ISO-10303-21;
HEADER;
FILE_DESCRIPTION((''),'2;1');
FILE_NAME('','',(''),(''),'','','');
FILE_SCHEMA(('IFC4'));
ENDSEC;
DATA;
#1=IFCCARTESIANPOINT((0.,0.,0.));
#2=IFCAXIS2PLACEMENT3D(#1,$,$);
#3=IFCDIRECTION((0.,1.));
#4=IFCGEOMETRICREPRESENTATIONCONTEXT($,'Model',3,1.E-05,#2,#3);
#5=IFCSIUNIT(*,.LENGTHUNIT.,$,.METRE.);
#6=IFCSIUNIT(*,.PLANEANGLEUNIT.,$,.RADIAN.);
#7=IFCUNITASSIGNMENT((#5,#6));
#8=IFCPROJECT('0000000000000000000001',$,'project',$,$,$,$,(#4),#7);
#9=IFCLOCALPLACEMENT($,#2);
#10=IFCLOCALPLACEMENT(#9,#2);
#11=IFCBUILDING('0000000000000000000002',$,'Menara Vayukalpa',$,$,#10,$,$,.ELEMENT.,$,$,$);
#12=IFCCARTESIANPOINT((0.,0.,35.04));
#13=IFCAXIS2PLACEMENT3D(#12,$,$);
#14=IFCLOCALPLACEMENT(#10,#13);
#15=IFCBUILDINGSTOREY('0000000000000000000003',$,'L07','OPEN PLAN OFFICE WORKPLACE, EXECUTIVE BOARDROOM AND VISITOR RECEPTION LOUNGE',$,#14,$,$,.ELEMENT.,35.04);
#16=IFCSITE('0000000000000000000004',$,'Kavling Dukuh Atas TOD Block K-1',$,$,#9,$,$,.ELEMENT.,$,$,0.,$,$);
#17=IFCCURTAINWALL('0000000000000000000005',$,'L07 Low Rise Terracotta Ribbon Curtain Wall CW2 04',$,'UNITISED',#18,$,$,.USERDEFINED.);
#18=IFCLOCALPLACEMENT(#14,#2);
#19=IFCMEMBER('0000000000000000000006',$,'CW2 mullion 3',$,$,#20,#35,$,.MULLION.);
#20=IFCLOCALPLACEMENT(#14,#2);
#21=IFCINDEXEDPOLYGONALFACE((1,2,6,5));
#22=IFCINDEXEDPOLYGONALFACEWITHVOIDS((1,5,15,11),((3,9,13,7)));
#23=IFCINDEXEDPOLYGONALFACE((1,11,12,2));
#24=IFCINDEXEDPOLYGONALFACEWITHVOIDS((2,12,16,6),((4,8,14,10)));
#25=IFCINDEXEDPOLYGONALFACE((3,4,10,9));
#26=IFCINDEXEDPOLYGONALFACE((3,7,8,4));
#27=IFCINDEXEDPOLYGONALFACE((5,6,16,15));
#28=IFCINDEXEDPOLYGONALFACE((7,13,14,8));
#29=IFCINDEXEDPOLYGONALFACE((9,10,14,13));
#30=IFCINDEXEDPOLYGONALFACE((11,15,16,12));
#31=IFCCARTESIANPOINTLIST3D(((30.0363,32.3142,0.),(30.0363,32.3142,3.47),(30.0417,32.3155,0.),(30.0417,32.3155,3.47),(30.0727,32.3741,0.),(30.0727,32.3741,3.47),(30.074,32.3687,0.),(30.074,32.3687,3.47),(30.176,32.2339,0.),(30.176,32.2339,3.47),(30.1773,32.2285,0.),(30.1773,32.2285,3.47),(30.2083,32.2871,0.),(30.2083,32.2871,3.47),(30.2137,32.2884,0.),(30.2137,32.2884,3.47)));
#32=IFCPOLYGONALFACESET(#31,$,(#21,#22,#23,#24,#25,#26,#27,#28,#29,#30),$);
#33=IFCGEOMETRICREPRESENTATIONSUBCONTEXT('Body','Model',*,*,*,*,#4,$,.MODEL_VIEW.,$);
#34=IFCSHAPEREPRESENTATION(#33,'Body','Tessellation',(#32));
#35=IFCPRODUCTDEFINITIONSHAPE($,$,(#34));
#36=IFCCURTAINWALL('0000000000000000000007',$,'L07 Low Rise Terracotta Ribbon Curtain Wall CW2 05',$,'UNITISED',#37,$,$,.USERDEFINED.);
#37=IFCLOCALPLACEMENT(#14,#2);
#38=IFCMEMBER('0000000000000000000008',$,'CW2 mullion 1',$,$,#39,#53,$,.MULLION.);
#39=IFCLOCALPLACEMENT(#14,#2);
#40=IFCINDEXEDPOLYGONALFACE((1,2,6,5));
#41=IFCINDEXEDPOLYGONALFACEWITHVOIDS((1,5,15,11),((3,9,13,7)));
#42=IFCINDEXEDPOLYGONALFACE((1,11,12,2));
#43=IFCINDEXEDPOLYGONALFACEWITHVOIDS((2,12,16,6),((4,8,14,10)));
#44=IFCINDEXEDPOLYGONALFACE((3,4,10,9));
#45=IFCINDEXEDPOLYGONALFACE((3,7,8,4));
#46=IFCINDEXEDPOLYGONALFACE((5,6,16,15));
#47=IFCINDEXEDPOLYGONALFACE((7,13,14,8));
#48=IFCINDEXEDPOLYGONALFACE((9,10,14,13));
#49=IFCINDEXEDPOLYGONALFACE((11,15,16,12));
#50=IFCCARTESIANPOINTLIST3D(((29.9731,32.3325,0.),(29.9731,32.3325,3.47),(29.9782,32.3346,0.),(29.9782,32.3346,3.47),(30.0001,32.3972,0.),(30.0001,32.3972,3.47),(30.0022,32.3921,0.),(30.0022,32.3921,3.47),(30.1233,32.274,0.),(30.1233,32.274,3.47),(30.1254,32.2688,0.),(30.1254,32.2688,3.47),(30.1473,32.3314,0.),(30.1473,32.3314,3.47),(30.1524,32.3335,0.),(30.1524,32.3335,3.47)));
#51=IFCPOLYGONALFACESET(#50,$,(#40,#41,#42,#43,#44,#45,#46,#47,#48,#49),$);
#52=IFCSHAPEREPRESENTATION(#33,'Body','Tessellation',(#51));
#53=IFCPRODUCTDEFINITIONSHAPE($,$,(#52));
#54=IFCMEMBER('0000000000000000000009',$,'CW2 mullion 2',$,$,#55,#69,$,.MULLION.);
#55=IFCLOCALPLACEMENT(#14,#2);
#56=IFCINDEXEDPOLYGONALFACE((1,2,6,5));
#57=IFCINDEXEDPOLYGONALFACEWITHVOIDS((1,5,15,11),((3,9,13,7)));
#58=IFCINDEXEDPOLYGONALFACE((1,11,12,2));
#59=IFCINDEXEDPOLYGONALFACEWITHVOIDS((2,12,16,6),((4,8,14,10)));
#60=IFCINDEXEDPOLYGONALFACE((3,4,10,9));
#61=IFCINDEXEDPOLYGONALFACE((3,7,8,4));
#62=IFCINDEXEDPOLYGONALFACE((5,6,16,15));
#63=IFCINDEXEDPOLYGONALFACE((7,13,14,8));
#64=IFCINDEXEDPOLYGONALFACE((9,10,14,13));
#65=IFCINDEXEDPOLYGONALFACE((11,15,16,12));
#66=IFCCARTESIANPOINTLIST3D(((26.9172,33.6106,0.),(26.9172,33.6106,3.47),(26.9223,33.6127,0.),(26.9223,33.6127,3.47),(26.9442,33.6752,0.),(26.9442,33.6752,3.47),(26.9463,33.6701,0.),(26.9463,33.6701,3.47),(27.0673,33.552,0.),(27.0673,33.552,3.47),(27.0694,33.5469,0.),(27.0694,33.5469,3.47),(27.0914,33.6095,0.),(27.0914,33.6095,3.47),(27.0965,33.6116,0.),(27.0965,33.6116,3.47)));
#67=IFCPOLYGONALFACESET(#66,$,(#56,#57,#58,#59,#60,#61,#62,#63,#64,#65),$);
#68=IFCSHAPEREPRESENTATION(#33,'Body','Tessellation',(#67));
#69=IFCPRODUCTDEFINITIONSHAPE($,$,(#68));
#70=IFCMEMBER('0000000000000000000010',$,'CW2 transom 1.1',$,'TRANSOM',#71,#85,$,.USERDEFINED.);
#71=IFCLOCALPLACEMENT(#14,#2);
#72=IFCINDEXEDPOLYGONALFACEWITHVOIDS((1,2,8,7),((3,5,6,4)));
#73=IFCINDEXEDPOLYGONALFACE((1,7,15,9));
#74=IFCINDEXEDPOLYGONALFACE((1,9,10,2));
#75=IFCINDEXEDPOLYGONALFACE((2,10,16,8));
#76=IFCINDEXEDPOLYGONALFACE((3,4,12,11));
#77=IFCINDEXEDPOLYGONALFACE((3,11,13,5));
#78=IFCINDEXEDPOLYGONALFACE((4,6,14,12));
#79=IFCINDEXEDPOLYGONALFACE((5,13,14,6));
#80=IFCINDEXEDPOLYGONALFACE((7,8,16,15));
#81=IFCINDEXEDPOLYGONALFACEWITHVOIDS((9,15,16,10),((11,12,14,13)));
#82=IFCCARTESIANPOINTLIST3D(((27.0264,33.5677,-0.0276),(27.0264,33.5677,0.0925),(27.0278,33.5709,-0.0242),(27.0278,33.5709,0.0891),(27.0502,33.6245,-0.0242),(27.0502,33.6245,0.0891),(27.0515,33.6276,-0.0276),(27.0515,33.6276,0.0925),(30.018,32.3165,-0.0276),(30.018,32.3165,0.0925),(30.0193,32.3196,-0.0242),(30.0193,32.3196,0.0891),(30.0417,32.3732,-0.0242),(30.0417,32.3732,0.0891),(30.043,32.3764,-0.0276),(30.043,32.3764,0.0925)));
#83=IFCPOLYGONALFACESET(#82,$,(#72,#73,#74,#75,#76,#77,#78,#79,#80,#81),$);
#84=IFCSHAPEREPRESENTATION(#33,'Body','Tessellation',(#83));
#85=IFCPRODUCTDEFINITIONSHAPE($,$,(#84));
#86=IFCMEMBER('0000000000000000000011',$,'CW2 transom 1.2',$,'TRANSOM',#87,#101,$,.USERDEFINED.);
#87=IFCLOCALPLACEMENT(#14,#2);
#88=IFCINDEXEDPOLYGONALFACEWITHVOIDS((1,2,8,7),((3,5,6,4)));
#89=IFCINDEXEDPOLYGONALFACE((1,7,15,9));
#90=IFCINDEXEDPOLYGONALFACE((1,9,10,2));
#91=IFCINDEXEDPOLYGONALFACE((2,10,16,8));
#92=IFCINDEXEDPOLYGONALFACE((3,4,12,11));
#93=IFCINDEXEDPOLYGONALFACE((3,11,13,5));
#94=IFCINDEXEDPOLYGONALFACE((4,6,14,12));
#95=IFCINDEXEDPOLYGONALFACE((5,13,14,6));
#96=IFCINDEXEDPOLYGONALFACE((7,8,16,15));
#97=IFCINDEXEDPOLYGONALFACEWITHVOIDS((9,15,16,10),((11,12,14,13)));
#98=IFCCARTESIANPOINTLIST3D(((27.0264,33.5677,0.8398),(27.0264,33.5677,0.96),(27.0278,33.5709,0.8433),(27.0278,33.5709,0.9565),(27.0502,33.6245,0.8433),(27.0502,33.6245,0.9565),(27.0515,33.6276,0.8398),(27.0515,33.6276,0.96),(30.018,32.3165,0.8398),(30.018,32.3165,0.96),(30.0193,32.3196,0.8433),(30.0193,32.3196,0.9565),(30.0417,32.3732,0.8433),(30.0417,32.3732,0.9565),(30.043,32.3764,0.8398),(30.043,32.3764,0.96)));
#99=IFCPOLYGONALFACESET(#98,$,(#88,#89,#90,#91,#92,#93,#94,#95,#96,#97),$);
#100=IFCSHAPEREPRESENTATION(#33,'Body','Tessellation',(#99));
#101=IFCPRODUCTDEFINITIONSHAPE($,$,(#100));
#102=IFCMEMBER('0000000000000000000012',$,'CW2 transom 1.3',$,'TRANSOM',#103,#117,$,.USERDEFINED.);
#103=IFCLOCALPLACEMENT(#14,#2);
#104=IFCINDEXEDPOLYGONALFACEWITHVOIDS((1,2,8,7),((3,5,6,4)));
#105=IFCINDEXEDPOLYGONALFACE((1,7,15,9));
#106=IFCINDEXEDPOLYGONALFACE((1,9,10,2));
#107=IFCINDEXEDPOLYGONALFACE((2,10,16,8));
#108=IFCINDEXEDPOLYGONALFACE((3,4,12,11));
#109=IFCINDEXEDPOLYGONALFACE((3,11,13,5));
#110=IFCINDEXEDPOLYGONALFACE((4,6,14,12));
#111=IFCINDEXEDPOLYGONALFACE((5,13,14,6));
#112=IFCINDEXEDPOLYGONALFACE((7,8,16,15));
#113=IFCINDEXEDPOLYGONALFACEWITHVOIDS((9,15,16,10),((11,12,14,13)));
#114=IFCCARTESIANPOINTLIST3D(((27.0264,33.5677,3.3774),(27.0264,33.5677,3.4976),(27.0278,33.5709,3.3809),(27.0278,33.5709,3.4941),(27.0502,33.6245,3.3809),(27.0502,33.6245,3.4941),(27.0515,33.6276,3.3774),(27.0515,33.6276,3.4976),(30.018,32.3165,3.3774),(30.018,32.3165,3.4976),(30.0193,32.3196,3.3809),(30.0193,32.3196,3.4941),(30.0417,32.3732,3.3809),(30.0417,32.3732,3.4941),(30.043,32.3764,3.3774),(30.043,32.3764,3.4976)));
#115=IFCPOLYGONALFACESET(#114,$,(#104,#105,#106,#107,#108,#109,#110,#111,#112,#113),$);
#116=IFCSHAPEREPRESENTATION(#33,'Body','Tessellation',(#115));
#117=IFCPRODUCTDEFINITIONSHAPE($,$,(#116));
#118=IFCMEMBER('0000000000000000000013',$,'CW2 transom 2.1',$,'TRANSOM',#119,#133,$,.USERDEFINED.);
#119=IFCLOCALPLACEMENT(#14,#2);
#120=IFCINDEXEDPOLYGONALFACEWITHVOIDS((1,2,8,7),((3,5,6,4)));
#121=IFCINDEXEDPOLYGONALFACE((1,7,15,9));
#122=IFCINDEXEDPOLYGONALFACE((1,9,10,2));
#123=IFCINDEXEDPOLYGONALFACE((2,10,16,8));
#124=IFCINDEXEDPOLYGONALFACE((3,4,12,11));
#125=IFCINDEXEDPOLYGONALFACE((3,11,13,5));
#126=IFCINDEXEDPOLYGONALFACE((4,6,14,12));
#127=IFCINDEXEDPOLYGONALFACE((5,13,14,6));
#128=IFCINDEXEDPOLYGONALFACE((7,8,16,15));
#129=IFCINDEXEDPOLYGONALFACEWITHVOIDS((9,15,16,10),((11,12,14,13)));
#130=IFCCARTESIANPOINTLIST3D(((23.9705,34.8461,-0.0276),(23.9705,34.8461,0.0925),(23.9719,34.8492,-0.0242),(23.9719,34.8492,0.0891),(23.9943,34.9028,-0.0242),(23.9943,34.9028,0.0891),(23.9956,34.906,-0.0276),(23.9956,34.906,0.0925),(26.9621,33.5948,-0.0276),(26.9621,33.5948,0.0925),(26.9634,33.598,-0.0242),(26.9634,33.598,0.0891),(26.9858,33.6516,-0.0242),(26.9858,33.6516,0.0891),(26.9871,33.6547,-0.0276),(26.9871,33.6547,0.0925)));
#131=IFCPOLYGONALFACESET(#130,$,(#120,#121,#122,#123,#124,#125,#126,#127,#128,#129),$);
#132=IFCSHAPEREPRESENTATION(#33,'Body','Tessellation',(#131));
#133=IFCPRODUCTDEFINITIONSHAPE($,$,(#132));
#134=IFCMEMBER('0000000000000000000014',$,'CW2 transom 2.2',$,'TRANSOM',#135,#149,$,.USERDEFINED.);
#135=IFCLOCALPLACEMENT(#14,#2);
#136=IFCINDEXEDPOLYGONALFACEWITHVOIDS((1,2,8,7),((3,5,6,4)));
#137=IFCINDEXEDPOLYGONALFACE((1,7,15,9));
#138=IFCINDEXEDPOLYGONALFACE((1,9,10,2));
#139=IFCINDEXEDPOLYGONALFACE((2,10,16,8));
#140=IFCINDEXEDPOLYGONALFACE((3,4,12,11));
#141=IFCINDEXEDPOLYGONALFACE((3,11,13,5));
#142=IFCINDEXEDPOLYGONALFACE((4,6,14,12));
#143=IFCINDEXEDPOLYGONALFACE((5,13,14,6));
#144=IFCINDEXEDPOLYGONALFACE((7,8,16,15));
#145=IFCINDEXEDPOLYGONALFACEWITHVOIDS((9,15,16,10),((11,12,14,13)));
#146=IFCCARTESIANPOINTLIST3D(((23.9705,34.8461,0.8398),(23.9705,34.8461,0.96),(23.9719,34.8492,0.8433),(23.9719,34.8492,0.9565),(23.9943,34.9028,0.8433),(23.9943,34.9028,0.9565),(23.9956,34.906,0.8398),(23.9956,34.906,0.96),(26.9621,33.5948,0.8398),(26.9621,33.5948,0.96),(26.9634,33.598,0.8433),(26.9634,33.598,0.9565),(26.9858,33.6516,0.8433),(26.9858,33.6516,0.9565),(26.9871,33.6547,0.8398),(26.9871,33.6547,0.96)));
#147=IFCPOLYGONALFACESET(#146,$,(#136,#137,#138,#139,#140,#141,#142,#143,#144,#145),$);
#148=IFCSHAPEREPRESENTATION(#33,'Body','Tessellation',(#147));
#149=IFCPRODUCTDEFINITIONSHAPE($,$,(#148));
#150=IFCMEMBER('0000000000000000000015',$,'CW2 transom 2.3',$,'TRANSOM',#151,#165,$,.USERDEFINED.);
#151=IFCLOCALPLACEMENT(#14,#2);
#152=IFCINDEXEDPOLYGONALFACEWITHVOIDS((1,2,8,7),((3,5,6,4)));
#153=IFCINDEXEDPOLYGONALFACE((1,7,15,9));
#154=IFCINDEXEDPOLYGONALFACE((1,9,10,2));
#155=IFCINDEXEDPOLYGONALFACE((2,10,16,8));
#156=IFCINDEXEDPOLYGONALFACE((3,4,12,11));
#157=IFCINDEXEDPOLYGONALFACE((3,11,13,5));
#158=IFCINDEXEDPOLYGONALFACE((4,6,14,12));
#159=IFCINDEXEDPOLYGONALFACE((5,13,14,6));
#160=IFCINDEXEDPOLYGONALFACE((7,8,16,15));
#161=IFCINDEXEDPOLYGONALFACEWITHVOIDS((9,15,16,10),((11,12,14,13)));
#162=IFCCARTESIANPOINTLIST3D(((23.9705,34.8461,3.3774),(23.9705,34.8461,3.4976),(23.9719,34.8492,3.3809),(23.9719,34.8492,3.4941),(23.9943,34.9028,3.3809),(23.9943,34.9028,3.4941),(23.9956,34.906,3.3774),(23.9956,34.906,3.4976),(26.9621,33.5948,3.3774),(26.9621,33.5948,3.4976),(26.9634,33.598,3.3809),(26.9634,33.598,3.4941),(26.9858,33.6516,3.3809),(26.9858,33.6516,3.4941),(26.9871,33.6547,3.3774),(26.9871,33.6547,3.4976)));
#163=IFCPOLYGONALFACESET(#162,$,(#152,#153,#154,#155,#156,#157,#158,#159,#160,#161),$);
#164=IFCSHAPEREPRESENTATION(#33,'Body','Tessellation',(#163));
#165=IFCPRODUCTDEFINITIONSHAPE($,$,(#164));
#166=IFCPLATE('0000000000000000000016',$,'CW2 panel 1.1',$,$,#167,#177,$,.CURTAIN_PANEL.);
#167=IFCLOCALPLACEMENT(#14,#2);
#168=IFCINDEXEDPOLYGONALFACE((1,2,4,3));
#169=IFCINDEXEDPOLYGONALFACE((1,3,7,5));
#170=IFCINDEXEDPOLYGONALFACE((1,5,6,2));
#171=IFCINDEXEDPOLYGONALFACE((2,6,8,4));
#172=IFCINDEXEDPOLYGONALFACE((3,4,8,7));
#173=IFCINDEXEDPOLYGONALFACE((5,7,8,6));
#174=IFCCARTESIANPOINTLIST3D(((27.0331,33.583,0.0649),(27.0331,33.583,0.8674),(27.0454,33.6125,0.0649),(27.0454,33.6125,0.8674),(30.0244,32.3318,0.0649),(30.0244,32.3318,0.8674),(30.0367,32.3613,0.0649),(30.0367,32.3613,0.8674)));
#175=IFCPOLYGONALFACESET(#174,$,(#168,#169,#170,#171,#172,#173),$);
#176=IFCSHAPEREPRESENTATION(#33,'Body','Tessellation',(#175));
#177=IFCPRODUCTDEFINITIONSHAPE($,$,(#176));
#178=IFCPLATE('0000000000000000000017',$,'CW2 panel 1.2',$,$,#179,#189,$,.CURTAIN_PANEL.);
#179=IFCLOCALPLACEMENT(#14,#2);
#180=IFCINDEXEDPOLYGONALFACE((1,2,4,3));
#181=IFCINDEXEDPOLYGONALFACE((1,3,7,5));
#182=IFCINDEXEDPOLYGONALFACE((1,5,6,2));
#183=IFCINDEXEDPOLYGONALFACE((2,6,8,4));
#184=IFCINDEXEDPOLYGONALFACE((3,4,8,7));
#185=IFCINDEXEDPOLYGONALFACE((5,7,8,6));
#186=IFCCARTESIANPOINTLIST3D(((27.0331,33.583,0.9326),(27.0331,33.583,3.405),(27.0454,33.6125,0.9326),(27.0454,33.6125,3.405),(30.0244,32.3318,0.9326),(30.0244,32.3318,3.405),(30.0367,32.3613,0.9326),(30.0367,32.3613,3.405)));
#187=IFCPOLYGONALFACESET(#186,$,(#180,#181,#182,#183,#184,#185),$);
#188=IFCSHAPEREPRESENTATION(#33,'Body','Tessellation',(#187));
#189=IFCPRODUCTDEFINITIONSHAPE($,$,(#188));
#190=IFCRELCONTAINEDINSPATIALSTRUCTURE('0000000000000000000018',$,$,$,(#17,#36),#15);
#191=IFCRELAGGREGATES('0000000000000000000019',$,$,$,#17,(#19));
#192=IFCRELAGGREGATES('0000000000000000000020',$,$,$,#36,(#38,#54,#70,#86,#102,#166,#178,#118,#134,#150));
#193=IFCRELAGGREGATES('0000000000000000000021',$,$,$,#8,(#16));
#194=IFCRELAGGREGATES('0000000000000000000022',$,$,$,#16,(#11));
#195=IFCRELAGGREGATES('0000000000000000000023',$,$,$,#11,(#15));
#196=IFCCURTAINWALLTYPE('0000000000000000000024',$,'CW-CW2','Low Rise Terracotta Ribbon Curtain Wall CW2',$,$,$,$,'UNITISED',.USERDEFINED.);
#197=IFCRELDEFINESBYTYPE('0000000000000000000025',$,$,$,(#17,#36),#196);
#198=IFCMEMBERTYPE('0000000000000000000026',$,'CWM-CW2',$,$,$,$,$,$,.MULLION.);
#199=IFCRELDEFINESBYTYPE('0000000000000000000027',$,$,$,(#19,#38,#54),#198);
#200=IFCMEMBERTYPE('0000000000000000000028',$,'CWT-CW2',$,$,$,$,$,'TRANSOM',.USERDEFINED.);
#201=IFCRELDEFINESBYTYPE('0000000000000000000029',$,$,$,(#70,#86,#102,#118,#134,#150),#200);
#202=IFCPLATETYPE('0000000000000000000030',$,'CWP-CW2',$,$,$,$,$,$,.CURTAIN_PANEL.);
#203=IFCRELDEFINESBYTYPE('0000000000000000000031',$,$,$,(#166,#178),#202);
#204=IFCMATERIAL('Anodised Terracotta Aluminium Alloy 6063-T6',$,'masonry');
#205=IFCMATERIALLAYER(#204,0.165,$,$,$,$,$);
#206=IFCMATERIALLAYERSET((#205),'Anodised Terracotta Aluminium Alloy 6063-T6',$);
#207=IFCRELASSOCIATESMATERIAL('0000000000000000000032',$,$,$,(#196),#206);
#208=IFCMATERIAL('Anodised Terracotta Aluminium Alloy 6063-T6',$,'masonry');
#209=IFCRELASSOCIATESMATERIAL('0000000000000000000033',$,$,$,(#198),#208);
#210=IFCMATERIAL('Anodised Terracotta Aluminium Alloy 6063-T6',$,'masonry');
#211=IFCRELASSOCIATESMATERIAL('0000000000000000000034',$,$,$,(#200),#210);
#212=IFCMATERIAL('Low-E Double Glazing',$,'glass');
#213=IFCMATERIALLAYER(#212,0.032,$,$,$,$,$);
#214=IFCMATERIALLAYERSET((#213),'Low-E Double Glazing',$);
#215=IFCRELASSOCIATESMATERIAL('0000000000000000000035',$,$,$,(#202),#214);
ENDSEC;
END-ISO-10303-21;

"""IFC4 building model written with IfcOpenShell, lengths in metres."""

from ifc_helpers import new_model, si_unit, direction, frame, origin, origin_2d, place, context, subcontext, project, spatial, rectangle, hollow_rectangle, extrude, material, layer, layer_set, material_profile, profile_set, type_object, element, aggregate, save


model = new_model("IFC4")

# Units and contexts
model_context = context("Model", 3, precision=1e-05, world=origin(), true_north=direction((0.0, 1.0)))
body_context = subcontext(model_context, "Body", "Model", "MODEL_VIEW")
ifc_project = project(units=[si_unit("LENGTHUNIT", "METRE"), si_unit("PLANEANGLEUNIT", "RADIAN")], contexts=[model_context])

# Site, building, storey
site_placement = place(None, origin())
site = spatial("IfcSite", under=ifc_project, at=site_placement, Name="Kavling Dukuh Atas TOD Block K-1", CompositionType="ELEMENT", RefElevation=0.0)
building_placement = place(site_placement, origin())
building = spatial("IfcBuilding", under=site, at=building_placement, Name="Menara Vayukalpa", CompositionType="ELEMENT")
storey_placement = place(building_placement, frame((0.0, 0.0, 35.04)))
storey = spatial("IfcBuildingStorey", under=building, at=storey_placement, Name="L07", Description="OPEN PLAN OFFICE WORKPLACE, EXECUTIVE BOARDROOM AND VISITOR RECEPTION LOUNGE", CompositionType="ELEMENT", Elevation=35.04)

# Curtain wall, member
ifc_material_1 = material(Name="Anodised Terracotta Aluminium Alloy 6063-T6", Category="masonry")
ifc_layer_1 = layer(ifc_material_1, 0.165)
ifc_layer_set_1 = layer_set([ifc_layer_1], Name="Anodised Terracotta Aluminium Alloy 6063-T6")
curtain_wall_type = type_object("IfcCurtainWallType", Name="CW-CW2", Description="Low Rise Terracotta Ribbon Curtain Wall CW2", ElementType="UNITISED", PredefinedType="USERDEFINED", material=ifc_layer_set_1)
curtain_wall_1_placement = place(storey_placement, origin())
curtain_wall_1 = element("IfcCurtainWall", 1, at=curtain_wall_1_placement, inside=storey, type_object=curtain_wall_type, Name="L07 Low Rise Terracotta Ribbon Curtain Wall CW2 04", ObjectType="UNITISED", PredefinedType="USERDEFINED")
ifc_material_2 = material(Name="Anodised Terracotta Aluminium Alloy 6063-T6", Category="masonry")
ifc_material_profile_1 = material_profile(ifc_material_2, hollow_rectangle(XDim=0.0701, YDim=0.165, WallThickness=0.0039, at=origin_2d()), Name="ALU 70x165x4")
ifc_profile_set_1 = profile_set([ifc_material_profile_1], Name="Anodised Terracotta Aluminium Alloy 6063-T6")
member_type_1 = type_object("IfcMemberType", Name="CWM-CW2", PredefinedType="MULLION", material=ifc_profile_set_1)
member_1_placement = place(storey_placement, frame((30.125, 32.3013, 0.0), z_axis=(0.0, 0.0, 1.0), x_axis=(-0.519182, -0.854664, 0.0)))
member_1 = element("IfcMember", 2, at=member_1_placement, type_object=member_type_1, Name="CW2 mullion 3", PredefinedType="MULLION", context=body_context, shape_type="SweptSolid", body=[
    extrude(hollow_rectangle(XDim=0.0701, YDim=0.165, WallThickness=0.0039, at=origin_2d()), origin(), (0.0, 0.0, 1.0), 3.47),
])
aggregate(curtain_wall_1, [member_1])

# Curtain wall, members, plates
curtain_wall_2_placement = place(storey_placement, origin())
curtain_wall_2 = element("IfcCurtainWall", 3, at=curtain_wall_2_placement, inside=storey, type_object=curtain_wall_type, Name="L07 Low Rise Terracotta Ribbon Curtain Wall CW2 05", ObjectType="UNITISED", PredefinedType="USERDEFINED")
member_2_placement = place(storey_placement, frame((30.0627, 32.333, 0.0), z_axis=(0.0, 0.0, 1.0), x_axis=(-0.385895, -0.922543, 0.0)))
member_2 = element("IfcMember", 4, at=member_2_placement, type_object=member_type_1, Name="CW2 mullion 1", PredefinedType="MULLION", context=body_context, shape_type="SweptSolid", body=[
    extrude(hollow_rectangle(XDim=0.0701, YDim=0.165, WallThickness=0.0039, at=origin_2d()), origin(), (0.0, 0.0, 1.0), 3.47),
])
member_3_placement = place(storey_placement, frame((27.0068, 33.6111, 0.0), z_axis=(0.0, 0.0, 1.0), x_axis=(-0.385895, -0.922543, 0.0)))
member_3 = element("IfcMember", 5, at=member_3_placement, type_object=member_type_1, Name="CW2 mullion 2", PredefinedType="MULLION", context=body_context, shape_type="SweptSolid", body=[
    extrude(hollow_rectangle(XDim=0.0701, YDim=0.165, WallThickness=0.0039, at=origin_2d()), origin(), (0.0, 0.0, 1.0), 3.47),
])
ifc_material_3 = material(Name="Anodised Terracotta Aluminium Alloy 6063-T6", Category="masonry")
ifc_material_profile_2 = material_profile(ifc_material_3, hollow_rectangle(XDim=0.0649, YDim=0.1201, WallThickness=0.0034, at=origin_2d()), Name="ALU 65x120x3.5")
ifc_profile_set_2 = profile_set([ifc_material_profile_2], Name="Anodised Terracotta Aluminium Alloy 6063-T6")
member_type_2 = type_object("IfcMemberType", Name="CWT-CW2", ElementType="TRANSOM", PredefinedType="USERDEFINED", material=ifc_profile_set_2)
member_4_placement = place(storey_placement, frame((30.0305, 32.3464, 0.0325), z_axis=(-0.922553, 0.385871, 0.0), x_axis=(-0.385871, -0.922553, 0.0)))
member_4 = element("IfcMember", 6, at=member_4_placement, type_object=member_type_2, Name="CW2 transom 1.1", ObjectType="TRANSOM", PredefinedType="USERDEFINED", context=body_context, shape_type="SweptSolid", body=[
    extrude(hollow_rectangle(XDim=0.0649, YDim=0.1201, WallThickness=0.0034, at=origin_2d()), origin(), (0.0, 0.0, 1.0), 3.2427),
])
member_5_placement = place(storey_placement, frame((30.0305, 32.3464, 0.8999), z_axis=(-0.922553, 0.385871, 0.0), x_axis=(-0.385871, -0.922553, 0.0)))
member_5 = element("IfcMember", 7, at=member_5_placement, type_object=member_type_2, Name="CW2 transom 1.2", ObjectType="TRANSOM", PredefinedType="USERDEFINED", context=body_context, shape_type="SweptSolid", body=[
    extrude(hollow_rectangle(XDim=0.0649, YDim=0.1201, WallThickness=0.0034, at=origin_2d()), origin(), (0.0, 0.0, 1.0), 3.2427),
])
member_6_placement = place(storey_placement, frame((30.0305, 32.3464, 3.4375), z_axis=(-0.922553, 0.385871, 0.0), x_axis=(-0.385871, -0.922553, 0.0)))
member_6 = element("IfcMember", 8, at=member_6_placement, type_object=member_type_2, Name="CW2 transom 1.3", ObjectType="TRANSOM", PredefinedType="USERDEFINED", context=body_context, shape_type="SweptSolid", body=[
    extrude(hollow_rectangle(XDim=0.0649, YDim=0.1201, WallThickness=0.0034, at=origin_2d()), origin(), (0.0, 0.0, 1.0), 3.2427),
])
member_7_placement = place(storey_placement, frame((26.9746, 33.6248, 0.0325), z_axis=(-0.922553, 0.385871, 0.0), x_axis=(-0.385871, -0.922553, 0.0)))
member_7 = element("IfcMember", 9, at=member_7_placement, type_object=member_type_2, Name="CW2 transom 2.1", ObjectType="TRANSOM", PredefinedType="USERDEFINED", context=body_context, shape_type="SweptSolid", body=[
    extrude(hollow_rectangle(XDim=0.0649, YDim=0.1201, WallThickness=0.0034, at=origin_2d()), origin(), (0.0, 0.0, 1.0), 3.2427),
])
member_8_placement = place(storey_placement, frame((26.9746, 33.6248, 0.8999), z_axis=(-0.922553, 0.385871, 0.0), x_axis=(-0.385871, -0.922553, 0.0)))
member_8 = element("IfcMember", 10, at=member_8_placement, type_object=member_type_2, Name="CW2 transom 2.2", ObjectType="TRANSOM", PredefinedType="USERDEFINED", context=body_context, shape_type="SweptSolid", body=[
    extrude(hollow_rectangle(XDim=0.0649, YDim=0.1201, WallThickness=0.0034, at=origin_2d()), origin(), (0.0, 0.0, 1.0), 3.2427),
])
member_9_placement = place(storey_placement, frame((26.9746, 33.6248, 3.4375), z_axis=(-0.922553, 0.385871, 0.0), x_axis=(-0.385871, -0.922553, 0.0)))
member_9 = element("IfcMember", 11, at=member_9_placement, type_object=member_type_2, Name="CW2 transom 2.3", ObjectType="TRANSOM", PredefinedType="USERDEFINED", context=body_context, shape_type="SweptSolid", body=[
    extrude(hollow_rectangle(XDim=0.0649, YDim=0.1201, WallThickness=0.0034, at=origin_2d()), origin(), (0.0, 0.0, 1.0), 3.2427),
])
ifc_material_4 = material(Name="Low-E Double Glazing", Category="glass")
ifc_layer_2 = layer(ifc_material_4, 0.032)
ifc_layer_set_2 = layer_set([ifc_layer_2], Name="Low-E Double Glazing")
plate_type = type_object("IfcPlateType", Name="CWP-CW2", PredefinedType="CURTAIN_PANEL", material=ifc_layer_set_2)
plate_1_placement = place(storey_placement, frame((28.5349, 32.9722, 0.0649), z_axis=(0.0, 0.0, 1.0), x_axis=(-0.922543, 0.385895, 0.0)))
plate_1 = element("IfcPlate", 12, at=plate_1_placement, type_object=plate_type, Name="CW2 panel 1.1", PredefinedType="CURTAIN_PANEL", context=body_context, shape_type="SweptSolid", body=[
    extrude(rectangle(XDim=3.2424, YDim=0.032, at=origin_2d()), origin(), (0.0, 0.0, 1.0), 0.8025),
])
plate_2_placement = place(storey_placement, frame((28.5349, 32.9722, 0.9326), z_axis=(0.0, 0.0, 1.0), x_axis=(-0.922543, 0.385895, 0.0)))
plate_2 = element("IfcPlate", 13, at=plate_2_placement, type_object=plate_type, Name="CW2 panel 1.2", PredefinedType="CURTAIN_PANEL", context=body_context, shape_type="SweptSolid", body=[
    extrude(rectangle(XDim=3.2424, YDim=0.032, at=origin_2d()), origin(), (0.0, 0.0, 1.0), 2.4724),
])
aggregate(curtain_wall_2, [member_2, member_3, member_4, member_5, member_6, plate_1, plate_2, member_7, member_8, member_9])

save(model, "model.ifc")
